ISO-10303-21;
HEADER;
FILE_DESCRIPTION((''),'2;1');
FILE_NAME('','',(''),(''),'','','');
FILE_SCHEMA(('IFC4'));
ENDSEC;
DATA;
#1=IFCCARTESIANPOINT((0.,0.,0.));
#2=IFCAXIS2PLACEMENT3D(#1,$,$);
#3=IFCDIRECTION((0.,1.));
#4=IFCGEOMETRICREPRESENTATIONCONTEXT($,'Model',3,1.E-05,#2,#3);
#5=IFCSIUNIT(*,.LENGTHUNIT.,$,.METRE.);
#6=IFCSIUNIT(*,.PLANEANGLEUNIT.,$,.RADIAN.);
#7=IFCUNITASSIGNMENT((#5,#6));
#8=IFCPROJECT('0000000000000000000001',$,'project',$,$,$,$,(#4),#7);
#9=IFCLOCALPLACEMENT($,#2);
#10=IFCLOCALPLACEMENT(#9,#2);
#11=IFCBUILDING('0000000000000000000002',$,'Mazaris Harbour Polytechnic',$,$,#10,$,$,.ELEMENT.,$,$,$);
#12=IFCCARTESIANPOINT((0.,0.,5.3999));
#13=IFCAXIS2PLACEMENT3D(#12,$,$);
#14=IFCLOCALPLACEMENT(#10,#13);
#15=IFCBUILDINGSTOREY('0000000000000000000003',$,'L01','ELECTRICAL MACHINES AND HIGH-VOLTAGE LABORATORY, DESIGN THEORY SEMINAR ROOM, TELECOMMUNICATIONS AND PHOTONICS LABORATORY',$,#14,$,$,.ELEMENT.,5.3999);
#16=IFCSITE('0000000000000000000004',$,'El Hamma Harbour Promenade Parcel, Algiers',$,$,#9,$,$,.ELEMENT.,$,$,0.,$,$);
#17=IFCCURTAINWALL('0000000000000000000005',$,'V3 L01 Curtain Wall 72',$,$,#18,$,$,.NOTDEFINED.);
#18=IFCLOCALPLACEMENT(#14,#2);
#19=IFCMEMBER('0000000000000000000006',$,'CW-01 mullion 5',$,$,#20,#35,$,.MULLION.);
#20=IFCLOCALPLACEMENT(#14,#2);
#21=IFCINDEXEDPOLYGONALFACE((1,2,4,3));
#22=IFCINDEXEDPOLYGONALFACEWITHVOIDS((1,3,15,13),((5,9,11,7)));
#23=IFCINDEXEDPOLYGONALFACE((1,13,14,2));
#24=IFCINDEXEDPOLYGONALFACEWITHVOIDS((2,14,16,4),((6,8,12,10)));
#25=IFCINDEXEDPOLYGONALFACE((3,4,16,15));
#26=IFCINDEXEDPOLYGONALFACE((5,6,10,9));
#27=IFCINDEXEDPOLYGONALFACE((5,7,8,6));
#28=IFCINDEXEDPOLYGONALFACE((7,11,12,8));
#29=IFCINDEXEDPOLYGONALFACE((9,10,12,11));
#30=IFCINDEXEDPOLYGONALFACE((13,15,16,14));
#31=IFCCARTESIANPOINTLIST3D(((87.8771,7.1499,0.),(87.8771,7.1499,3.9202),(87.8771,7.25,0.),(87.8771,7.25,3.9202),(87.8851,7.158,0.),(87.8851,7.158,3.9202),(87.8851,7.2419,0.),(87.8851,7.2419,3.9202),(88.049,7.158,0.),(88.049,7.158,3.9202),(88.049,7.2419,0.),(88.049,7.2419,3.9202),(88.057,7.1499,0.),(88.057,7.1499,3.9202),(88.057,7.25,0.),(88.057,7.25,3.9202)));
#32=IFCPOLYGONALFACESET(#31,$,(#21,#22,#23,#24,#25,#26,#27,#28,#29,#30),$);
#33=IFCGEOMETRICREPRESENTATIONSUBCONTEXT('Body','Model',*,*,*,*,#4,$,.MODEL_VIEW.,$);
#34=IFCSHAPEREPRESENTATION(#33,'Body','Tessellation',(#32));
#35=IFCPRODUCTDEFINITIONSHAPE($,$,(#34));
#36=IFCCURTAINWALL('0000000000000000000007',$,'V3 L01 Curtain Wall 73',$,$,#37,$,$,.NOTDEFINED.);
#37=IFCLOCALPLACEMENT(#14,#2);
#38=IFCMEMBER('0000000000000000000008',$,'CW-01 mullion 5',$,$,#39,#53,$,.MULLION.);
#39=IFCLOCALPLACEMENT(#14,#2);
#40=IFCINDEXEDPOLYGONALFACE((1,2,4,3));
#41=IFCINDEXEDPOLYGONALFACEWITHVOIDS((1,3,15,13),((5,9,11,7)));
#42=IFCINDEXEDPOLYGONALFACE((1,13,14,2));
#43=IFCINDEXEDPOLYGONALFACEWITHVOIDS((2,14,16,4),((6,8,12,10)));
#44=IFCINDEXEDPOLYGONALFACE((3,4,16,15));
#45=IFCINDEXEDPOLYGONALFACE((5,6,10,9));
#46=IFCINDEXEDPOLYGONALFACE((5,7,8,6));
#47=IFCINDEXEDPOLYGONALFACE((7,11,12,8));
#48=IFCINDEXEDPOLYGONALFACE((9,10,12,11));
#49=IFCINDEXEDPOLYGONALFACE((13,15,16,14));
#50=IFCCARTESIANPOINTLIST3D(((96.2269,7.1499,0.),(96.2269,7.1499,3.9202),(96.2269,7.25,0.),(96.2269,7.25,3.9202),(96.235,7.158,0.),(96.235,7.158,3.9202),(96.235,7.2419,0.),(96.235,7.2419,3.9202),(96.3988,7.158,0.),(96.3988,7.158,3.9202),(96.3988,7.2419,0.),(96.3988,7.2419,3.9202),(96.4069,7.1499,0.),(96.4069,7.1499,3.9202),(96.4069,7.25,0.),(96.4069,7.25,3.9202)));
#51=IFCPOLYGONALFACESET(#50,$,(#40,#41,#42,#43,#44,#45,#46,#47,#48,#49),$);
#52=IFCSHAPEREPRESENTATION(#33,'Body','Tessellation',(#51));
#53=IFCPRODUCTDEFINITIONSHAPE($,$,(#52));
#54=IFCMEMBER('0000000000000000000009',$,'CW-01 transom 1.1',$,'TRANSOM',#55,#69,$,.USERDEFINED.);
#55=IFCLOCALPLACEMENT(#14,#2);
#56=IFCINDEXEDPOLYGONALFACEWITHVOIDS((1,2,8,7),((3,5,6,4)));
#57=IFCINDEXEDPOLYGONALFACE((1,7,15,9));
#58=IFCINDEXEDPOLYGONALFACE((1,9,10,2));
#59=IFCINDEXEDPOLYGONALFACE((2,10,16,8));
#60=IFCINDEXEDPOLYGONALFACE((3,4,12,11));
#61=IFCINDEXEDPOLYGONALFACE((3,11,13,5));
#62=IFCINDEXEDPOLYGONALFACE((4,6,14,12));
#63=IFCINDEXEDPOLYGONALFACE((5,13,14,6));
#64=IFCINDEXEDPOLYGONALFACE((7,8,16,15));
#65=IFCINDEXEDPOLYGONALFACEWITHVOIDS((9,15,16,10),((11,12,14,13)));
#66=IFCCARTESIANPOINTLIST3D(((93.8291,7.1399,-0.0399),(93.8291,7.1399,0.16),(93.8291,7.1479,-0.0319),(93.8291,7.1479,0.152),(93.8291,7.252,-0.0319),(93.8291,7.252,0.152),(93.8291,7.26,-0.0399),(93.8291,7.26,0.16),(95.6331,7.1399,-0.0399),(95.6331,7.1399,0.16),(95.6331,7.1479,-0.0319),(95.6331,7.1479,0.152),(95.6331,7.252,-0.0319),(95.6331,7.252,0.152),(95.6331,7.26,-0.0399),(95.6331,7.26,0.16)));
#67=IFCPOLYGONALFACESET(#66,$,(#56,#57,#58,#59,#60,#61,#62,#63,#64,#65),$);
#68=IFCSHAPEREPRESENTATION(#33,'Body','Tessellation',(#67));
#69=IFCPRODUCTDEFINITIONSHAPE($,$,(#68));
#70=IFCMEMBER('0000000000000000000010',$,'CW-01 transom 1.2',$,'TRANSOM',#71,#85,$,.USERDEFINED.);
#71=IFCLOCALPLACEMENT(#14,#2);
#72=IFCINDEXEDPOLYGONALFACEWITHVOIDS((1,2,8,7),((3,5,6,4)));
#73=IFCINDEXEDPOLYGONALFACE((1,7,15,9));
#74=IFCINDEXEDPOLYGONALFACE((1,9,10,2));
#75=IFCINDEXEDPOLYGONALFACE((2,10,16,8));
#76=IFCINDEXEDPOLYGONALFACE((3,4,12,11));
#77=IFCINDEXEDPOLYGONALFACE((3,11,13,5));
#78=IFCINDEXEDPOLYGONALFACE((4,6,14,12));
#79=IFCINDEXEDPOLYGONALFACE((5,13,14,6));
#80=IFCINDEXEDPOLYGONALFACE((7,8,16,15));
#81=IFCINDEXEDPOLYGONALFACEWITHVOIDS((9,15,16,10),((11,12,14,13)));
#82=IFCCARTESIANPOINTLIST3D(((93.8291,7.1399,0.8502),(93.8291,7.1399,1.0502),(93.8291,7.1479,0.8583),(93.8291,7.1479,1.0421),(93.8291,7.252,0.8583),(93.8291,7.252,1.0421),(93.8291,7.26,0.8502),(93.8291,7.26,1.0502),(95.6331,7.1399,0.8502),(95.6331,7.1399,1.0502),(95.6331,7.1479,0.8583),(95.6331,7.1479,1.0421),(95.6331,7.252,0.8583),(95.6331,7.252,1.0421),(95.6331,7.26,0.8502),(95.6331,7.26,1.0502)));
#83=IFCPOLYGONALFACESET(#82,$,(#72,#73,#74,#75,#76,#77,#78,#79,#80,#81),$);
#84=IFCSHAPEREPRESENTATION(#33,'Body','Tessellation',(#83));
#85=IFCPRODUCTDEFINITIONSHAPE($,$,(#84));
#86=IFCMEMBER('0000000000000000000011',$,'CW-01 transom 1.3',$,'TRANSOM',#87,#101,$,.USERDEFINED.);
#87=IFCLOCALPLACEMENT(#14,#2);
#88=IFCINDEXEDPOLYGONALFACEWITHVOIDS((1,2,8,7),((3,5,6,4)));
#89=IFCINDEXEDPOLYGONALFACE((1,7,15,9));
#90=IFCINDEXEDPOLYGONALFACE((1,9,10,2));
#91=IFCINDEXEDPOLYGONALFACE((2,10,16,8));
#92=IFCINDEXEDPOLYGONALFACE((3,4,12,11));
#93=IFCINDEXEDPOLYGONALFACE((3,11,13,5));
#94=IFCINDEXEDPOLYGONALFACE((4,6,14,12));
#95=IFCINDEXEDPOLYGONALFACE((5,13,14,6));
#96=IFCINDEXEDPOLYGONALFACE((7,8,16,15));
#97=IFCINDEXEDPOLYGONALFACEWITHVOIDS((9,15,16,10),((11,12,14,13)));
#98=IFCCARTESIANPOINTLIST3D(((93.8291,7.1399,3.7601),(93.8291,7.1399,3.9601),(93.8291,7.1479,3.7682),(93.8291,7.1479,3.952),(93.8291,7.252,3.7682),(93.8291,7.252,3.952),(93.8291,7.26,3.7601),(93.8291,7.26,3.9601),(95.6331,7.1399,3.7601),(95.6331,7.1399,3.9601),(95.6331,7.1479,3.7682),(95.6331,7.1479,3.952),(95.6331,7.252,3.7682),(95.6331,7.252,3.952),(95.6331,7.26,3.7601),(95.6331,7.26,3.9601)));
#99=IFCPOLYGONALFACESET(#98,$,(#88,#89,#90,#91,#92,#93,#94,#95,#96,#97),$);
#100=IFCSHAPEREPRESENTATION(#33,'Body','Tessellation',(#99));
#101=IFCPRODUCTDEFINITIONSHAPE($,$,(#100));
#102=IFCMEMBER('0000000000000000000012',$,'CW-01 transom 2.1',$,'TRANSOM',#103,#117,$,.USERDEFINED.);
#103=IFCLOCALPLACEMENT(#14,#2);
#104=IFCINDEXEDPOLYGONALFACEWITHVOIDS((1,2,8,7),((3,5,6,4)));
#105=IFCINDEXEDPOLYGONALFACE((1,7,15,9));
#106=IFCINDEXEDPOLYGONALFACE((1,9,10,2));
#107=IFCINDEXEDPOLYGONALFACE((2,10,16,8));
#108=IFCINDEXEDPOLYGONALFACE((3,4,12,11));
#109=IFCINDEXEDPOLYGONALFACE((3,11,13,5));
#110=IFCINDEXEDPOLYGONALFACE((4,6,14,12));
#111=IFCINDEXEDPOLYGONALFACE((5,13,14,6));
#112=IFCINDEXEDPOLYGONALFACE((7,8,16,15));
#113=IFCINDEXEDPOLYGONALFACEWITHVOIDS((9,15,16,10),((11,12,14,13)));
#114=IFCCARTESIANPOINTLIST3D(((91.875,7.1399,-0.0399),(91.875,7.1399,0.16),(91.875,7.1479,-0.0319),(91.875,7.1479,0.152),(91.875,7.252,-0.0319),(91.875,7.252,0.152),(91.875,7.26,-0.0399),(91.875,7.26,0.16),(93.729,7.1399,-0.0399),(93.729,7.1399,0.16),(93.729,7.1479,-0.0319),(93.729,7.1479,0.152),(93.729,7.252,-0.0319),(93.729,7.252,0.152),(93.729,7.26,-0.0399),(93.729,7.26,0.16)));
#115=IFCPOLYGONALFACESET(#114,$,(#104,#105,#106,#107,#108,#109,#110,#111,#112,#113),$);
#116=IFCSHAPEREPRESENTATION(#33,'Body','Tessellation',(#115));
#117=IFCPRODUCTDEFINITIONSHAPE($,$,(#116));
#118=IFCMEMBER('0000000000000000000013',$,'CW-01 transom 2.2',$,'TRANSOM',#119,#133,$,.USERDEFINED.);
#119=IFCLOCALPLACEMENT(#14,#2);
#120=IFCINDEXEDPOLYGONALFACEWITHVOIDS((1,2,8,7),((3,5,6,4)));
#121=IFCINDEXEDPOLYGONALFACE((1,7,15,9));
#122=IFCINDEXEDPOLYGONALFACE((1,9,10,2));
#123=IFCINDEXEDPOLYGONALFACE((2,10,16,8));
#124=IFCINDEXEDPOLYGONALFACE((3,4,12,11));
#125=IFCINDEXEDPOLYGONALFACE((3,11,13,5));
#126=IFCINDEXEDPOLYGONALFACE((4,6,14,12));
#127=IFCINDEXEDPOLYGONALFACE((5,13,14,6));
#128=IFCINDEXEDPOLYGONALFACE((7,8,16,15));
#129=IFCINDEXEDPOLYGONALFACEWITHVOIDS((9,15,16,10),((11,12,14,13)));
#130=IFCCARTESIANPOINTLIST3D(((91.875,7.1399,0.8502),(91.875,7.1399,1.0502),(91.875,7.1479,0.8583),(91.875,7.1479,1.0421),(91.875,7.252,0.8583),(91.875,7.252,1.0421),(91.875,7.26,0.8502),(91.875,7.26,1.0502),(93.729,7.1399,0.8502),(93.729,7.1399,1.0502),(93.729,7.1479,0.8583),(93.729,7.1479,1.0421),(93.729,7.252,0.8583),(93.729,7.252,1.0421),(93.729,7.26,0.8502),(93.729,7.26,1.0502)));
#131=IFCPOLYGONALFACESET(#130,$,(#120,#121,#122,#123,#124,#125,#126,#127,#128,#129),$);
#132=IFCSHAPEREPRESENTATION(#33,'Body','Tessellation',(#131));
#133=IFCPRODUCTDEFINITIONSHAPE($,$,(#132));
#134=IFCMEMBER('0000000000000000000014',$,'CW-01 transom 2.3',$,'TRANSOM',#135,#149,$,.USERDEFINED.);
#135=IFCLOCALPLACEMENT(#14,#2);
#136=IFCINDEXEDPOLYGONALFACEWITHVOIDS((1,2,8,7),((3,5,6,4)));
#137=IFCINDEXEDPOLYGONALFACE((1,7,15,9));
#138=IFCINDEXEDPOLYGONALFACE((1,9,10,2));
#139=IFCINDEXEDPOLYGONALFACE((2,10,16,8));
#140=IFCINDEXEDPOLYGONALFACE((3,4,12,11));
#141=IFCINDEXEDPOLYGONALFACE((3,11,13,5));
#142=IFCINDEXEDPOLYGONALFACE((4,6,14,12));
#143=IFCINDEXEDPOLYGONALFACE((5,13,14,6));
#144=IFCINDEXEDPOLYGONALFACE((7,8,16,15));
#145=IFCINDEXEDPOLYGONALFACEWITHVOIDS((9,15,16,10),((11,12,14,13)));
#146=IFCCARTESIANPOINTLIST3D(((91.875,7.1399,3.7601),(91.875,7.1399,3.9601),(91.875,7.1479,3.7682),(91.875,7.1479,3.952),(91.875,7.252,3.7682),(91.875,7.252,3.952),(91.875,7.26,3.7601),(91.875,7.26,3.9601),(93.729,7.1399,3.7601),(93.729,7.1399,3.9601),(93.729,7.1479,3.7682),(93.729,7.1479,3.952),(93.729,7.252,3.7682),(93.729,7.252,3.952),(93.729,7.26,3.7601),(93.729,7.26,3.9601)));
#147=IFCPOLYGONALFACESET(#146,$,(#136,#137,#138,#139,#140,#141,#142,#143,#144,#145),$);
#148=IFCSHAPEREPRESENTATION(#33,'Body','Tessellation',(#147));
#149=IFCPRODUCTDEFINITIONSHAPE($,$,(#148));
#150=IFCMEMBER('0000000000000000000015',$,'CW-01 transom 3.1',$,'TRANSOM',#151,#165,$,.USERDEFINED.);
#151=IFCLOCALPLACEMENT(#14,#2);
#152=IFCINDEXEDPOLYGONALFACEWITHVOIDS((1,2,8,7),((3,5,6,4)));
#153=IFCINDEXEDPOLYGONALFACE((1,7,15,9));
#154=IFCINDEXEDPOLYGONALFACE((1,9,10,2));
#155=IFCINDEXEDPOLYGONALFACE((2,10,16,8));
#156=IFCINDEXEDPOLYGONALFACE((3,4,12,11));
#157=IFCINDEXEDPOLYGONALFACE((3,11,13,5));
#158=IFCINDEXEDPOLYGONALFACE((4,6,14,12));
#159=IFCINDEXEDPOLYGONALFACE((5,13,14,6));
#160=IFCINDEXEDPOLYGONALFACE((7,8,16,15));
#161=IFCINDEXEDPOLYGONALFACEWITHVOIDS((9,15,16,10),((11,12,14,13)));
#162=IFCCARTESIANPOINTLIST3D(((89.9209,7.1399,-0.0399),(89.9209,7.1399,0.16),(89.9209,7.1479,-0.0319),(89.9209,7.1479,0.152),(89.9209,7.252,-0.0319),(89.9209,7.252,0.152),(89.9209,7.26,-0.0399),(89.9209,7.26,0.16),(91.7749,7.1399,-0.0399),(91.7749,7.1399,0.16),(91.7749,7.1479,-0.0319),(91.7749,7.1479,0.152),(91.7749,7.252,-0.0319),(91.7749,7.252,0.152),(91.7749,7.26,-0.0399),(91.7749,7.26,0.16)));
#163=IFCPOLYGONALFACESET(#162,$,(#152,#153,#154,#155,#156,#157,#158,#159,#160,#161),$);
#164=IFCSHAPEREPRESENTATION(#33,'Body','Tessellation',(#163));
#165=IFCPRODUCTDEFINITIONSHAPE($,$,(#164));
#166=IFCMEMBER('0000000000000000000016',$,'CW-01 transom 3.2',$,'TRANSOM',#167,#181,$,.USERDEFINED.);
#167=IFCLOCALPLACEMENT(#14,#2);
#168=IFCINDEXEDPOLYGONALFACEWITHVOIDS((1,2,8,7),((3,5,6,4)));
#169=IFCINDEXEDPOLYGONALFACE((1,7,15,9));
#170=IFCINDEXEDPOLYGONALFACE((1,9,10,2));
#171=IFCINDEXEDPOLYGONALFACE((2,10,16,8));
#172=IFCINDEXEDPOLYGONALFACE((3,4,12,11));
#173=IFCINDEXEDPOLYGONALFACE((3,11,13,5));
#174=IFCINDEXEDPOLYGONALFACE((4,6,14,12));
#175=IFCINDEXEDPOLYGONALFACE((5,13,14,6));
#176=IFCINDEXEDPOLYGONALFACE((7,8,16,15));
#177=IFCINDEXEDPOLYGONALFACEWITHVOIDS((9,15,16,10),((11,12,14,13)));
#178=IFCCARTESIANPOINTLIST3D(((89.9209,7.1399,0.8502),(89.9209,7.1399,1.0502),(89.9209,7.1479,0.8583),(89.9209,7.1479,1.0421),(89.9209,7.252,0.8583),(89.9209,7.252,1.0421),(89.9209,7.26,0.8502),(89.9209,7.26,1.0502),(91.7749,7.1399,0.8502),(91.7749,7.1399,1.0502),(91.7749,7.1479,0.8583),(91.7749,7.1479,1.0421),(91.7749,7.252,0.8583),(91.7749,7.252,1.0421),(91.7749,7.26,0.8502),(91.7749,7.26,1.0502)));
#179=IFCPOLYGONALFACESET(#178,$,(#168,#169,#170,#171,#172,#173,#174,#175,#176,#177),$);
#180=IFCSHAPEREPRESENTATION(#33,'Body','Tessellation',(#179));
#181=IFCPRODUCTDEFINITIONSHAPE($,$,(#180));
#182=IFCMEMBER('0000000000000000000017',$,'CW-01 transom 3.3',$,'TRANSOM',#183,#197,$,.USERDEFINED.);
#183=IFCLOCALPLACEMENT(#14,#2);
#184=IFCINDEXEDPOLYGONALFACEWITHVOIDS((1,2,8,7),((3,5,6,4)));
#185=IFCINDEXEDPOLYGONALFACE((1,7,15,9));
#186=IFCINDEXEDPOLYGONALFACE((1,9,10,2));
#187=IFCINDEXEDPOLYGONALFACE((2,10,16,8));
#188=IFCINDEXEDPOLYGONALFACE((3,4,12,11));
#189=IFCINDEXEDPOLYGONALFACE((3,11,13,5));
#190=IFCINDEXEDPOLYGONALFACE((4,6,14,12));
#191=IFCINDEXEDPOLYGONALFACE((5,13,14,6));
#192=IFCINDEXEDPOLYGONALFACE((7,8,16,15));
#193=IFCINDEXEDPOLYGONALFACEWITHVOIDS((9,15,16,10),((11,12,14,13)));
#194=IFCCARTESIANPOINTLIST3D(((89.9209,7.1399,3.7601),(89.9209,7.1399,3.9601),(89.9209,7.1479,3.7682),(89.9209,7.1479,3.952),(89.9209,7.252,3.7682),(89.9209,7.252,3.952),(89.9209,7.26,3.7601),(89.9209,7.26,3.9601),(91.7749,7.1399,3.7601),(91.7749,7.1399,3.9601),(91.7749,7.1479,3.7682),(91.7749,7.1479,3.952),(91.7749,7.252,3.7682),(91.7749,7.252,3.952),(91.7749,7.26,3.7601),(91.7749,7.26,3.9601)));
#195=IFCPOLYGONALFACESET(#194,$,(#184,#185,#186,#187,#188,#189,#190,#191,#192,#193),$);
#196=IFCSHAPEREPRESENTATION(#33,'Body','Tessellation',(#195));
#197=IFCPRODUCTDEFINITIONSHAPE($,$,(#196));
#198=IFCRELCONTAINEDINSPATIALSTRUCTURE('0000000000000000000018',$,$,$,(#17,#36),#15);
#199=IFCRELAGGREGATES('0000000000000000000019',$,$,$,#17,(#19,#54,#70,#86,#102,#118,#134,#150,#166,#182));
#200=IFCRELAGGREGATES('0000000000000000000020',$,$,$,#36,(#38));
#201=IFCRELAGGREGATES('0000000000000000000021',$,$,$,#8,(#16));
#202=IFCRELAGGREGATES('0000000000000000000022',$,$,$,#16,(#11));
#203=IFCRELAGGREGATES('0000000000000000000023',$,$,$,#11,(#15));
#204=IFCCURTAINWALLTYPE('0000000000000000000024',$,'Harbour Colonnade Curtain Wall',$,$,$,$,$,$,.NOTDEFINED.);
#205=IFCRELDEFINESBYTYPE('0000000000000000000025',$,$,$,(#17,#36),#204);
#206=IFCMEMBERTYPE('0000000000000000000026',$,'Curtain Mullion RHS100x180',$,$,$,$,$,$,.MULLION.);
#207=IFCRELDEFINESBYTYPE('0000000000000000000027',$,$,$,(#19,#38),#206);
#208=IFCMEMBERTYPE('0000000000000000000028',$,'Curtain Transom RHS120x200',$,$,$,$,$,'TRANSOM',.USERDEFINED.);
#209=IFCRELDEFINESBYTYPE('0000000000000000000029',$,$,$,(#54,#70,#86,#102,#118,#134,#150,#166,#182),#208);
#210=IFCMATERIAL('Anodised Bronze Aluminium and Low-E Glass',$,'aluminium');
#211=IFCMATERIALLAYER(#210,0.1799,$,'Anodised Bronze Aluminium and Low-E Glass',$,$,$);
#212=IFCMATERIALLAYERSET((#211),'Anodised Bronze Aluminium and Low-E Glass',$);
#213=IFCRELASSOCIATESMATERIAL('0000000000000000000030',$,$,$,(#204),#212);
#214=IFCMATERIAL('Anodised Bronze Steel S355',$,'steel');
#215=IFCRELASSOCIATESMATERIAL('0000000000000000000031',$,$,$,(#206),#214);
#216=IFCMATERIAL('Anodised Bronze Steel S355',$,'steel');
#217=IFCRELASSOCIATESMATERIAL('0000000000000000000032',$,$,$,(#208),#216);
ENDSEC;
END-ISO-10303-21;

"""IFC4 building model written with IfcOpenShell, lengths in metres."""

from ifc_helpers import new_model, si_unit, direction, frame, origin, origin_2d, place, context, subcontext, project, spatial, hollow_rectangle, extrude, material, layer, layer_set, material_profile, profile_set, type_object, element, aggregate, save


model = new_model("IFC4")

# Units and contexts
model_context = context("Model", 3, precision=1e-05, world=origin(), true_north=direction((0.0, 1.0)))
body_context = subcontext(model_context, "Body", "Model", "MODEL_VIEW")
ifc_project = project(units=[si_unit("LENGTHUNIT", "METRE"), si_unit("PLANEANGLEUNIT", "RADIAN")], contexts=[model_context])

# Site, building, storey
site_placement = place(None, origin())
site = spatial("IfcSite", under=ifc_project, at=site_placement, Name="El Hamma Harbour Promenade Parcel, Algiers", CompositionType="ELEMENT", RefElevation=0.0)
building_placement = place(site_placement, origin())
building = spatial("IfcBuilding", under=site, at=building_placement, Name="Mazaris Harbour Polytechnic", CompositionType="ELEMENT")
storey_placement = place(building_placement, frame((0.0, 0.0, 5.3999)))
storey = spatial("IfcBuildingStorey", under=building, at=storey_placement, Name="L01", Description="ELECTRICAL MACHINES AND HIGH-VOLTAGE LABORATORY, DESIGN THEORY SEMINAR ROOM, TELECOMMUNICATIONS AND PHOTONICS LABORATORY", CompositionType="ELEMENT", Elevation=5.3999)

# Curtain wall, member
ifc_material_1 = material(Name="Anodised Bronze Aluminium and Low-E Glass", Category="aluminium")
ifc_layer_1 = layer(ifc_material_1, 0.1799, Name="Anodised Bronze Aluminium and Low-E Glass")
ifc_layer_set_1 = layer_set([ifc_layer_1], Name="Anodised Bronze Aluminium and Low-E Glass")
curtain_wall_type = type_object("IfcCurtainWallType", Name="Harbour Colonnade Curtain Wall", PredefinedType="NOTDEFINED", material=ifc_layer_set_1)
curtain_wall_1_placement = place(storey_placement, origin())
curtain_wall_1 = element("IfcCurtainWall", 1, at=curtain_wall_1_placement, inside=storey, type_object=curtain_wall_type, Name="V3 L01 Curtain Wall 72", PredefinedType="NOTDEFINED")
ifc_material_2 = material(Name="Anodised Bronze Steel S355", Category="steel")
ifc_material_profile_1 = material_profile(ifc_material_2, hollow_rectangle(XDim=0.1001, YDim=0.1799, WallThickness=0.0081, at=origin_2d()), Name="RHS 100x180x8.0")
ifc_profile_set_1 = profile_set([ifc_material_profile_1], Name="Anodised Bronze Steel S355")
member_type_1 = type_object("IfcMemberType", Name="Curtain Mullion RHS100x180", PredefinedType="MULLION", material=ifc_profile_set_1)
member_1_placement = place(storey_placement, frame((87.967, 7.2, 0.0), z_axis=(0.0, 0.0, 1.0), x_axis=(0.0, -1.0, 0.0)))
member_1 = element("IfcMember", 2, at=member_1_placement, type_object=member_type_1, Name="CW-01 mullion 5", PredefinedType="MULLION", context=body_context, shape_type="SweptSolid", body=[
    extrude(hollow_rectangle(XDim=0.1001, YDim=0.1799, WallThickness=0.0081, at=origin_2d()), origin(), (0.0, 0.0, 1.0), 3.9202),
])

# Curtain wall, member
curtain_wall_2_placement = place(storey_placement, origin())
curtain_wall_2 = element("IfcCurtainWall", 3, at=curtain_wall_2_placement, inside=storey, type_object=curtain_wall_type, Name="V3 L01 Curtain Wall 73", PredefinedType="NOTDEFINED")
member_2_placement = place(storey_placement, frame((96.3169, 7.2, 0.0), z_axis=(0.0, 0.0, 1.0), x_axis=(0.0, -1.0, 0.0)))
member_2 = element("IfcMember", 4, at=member_2_placement, type_object=member_type_1, Name="CW-01 mullion 5", PredefinedType="MULLION", context=body_context, shape_type="SweptSolid", body=[
    extrude(hollow_rectangle(XDim=0.1001, YDim=0.1799, WallThickness=0.0081, at=origin_2d()), origin(), (0.0, 0.0, 1.0), 3.9202),
])

# Members
ifc_material_3 = material(Name="Anodised Bronze Steel S355", Category="steel")
ifc_material_profile_2 = material_profile(ifc_material_3, hollow_rectangle(XDim=0.1201, YDim=0.2, WallThickness=0.0081, at=origin_2d()), Name="RHS 120x200x8.0")
ifc_profile_set_2 = profile_set([ifc_material_profile_2], Name="Anodised Bronze Steel S355")
member_type_2 = type_object("IfcMemberType", Name="Curtain Transom RHS120x200", ElementType="TRANSOM", PredefinedType="USERDEFINED", material=ifc_profile_set_2)
member_3_placement = place(storey_placement, frame((95.6331, 7.2, 0.0601), z_axis=(-1.0, 0.0, 0.0), x_axis=(0.0, -1.0, 0.0)))
member_3 = element("IfcMember", 5, at=member_3_placement, type_object=member_type_2, Name="CW-01 transom 1.1", ObjectType="TRANSOM", PredefinedType="USERDEFINED", context=body_context, shape_type="SweptSolid", body=[
    extrude(hollow_rectangle(XDim=0.1201, YDim=0.2, WallThickness=0.0081, at=origin_2d()), origin(), (0.0, 0.0, 1.0), 1.804),
])
member_4_placement = place(storey_placement, frame((95.6331, 7.2, 0.9502), z_axis=(-1.0, 0.0, 0.0), x_axis=(0.0, -1.0, 0.0)))
member_4 = element("IfcMember", 6, at=member_4_placement, type_object=member_type_2, Name="CW-01 transom 1.2", ObjectType="TRANSOM", PredefinedType="USERDEFINED", context=body_context, shape_type="SweptSolid", body=[
    extrude(hollow_rectangle(XDim=0.1201, YDim=0.2, WallThickness=0.0081, at=origin_2d()), origin(), (0.0, 0.0, 1.0), 1.804),
])
member_5_placement = place(storey_placement, frame((95.6331, 7.2, 3.8601), z_axis=(-1.0, 0.0, 0.0), x_axis=(0.0, -1.0, 0.0)))
member_5 = element("IfcMember", 7, at=member_5_placement, type_object=member_type_2, Name="CW-01 transom 1.3", ObjectType="TRANSOM", PredefinedType="USERDEFINED", context=body_context, shape_type="SweptSolid", body=[
    extrude(hollow_rectangle(XDim=0.1201, YDim=0.2, WallThickness=0.0081, at=origin_2d()), origin(), (0.0, 0.0, 1.0), 1.804),
])
member_6_placement = place(storey_placement, frame((93.729, 7.2, 0.0601), z_axis=(-1.0, 0.0, 0.0), x_axis=(0.0, -1.0, 0.0)))
member_6 = element("IfcMember", 8, at=member_6_placement, type_object=member_type_2, Name="CW-01 transom 2.1", ObjectType="TRANSOM", PredefinedType="USERDEFINED", context=body_context, shape_type="SweptSolid", body=[
    extrude(hollow_rectangle(XDim=0.1201, YDim=0.2, WallThickness=0.0081, at=origin_2d()), origin(), (0.0, 0.0, 1.0), 1.854),
])
member_7_placement = place(storey_placement, frame((93.729, 7.2, 0.9502), z_axis=(-1.0, 0.0, 0.0), x_axis=(0.0, -1.0, 0.0)))
member_7 = element("IfcMember", 9, at=member_7_placement, type_object=member_type_2, Name="CW-01 transom 2.2", ObjectType="TRANSOM", PredefinedType="USERDEFINED", context=body_context, shape_type="SweptSolid", body=[
    extrude(hollow_rectangle(XDim=0.1201, YDim=0.2, WallThickness=0.0081, at=origin_2d()), origin(), (0.0, 0.0, 1.0), 1.854),
])
member_8_placement = place(storey_placement, frame((93.729, 7.2, 3.8601), z_axis=(-1.0, 0.0, 0.0), x_axis=(0.0, -1.0, 0.0)))
member_8 = element("IfcMember", 10, at=member_8_placement, type_object=member_type_2, Name="CW-01 transom 2.3", ObjectType="TRANSOM", PredefinedType="USERDEFINED", context=body_context, shape_type="SweptSolid", body=[
    extrude(hollow_rectangle(XDim=0.1201, YDim=0.2, WallThickness=0.0081, at=origin_2d()), origin(), (0.0, 0.0, 1.0), 1.854),
])
member_9_placement = place(storey_placement, frame((91.7749, 7.2, 0.0601), z_axis=(-1.0, 0.0, 0.0), x_axis=(0.0, -1.0, 0.0)))
member_9 = element("IfcMember", 11, at=member_9_placement, type_object=member_type_2, Name="CW-01 transom 3.1", ObjectType="TRANSOM", PredefinedType="USERDEFINED", context=body_context, shape_type="SweptSolid", body=[
    extrude(hollow_rectangle(XDim=0.1201, YDim=0.2, WallThickness=0.0081, at=origin_2d()), origin(), (0.0, 0.0, 1.0), 1.854),
])
member_10_placement = place(storey_placement, frame((91.7749, 7.2, 0.9502), z_axis=(-1.0, 0.0, 0.0), x_axis=(0.0, -1.0, 0.0)))
member_10 = element("IfcMember", 12, at=member_10_placement, type_object=member_type_2, Name="CW-01 transom 3.2", ObjectType="TRANSOM", PredefinedType="USERDEFINED", context=body_context, shape_type="SweptSolid", body=[
    extrude(hollow_rectangle(XDim=0.1201, YDim=0.2, WallThickness=0.0081, at=origin_2d()), origin(), (0.0, 0.0, 1.0), 1.854),
])
member_11_placement = place(storey_placement, frame((91.7749, 7.2, 3.8601), z_axis=(-1.0, 0.0, 0.0), x_axis=(0.0, -1.0, 0.0)))
member_11 = element("IfcMember", 13, at=member_11_placement, type_object=member_type_2, Name="CW-01 transom 3.3", ObjectType="TRANSOM", PredefinedType="USERDEFINED", context=body_context, shape_type="SweptSolid", body=[
    extrude(hollow_rectangle(XDim=0.1201, YDim=0.2, WallThickness=0.0081, at=origin_2d()), origin(), (0.0, 0.0, 1.0), 1.854),
])

aggregate(curtain_wall_1, [member_1, member_3, member_4, member_5, member_6, member_7, member_8, member_9, member_10, member_11])
aggregate(curtain_wall_2, [member_2])

save(model, "model.ifc")
